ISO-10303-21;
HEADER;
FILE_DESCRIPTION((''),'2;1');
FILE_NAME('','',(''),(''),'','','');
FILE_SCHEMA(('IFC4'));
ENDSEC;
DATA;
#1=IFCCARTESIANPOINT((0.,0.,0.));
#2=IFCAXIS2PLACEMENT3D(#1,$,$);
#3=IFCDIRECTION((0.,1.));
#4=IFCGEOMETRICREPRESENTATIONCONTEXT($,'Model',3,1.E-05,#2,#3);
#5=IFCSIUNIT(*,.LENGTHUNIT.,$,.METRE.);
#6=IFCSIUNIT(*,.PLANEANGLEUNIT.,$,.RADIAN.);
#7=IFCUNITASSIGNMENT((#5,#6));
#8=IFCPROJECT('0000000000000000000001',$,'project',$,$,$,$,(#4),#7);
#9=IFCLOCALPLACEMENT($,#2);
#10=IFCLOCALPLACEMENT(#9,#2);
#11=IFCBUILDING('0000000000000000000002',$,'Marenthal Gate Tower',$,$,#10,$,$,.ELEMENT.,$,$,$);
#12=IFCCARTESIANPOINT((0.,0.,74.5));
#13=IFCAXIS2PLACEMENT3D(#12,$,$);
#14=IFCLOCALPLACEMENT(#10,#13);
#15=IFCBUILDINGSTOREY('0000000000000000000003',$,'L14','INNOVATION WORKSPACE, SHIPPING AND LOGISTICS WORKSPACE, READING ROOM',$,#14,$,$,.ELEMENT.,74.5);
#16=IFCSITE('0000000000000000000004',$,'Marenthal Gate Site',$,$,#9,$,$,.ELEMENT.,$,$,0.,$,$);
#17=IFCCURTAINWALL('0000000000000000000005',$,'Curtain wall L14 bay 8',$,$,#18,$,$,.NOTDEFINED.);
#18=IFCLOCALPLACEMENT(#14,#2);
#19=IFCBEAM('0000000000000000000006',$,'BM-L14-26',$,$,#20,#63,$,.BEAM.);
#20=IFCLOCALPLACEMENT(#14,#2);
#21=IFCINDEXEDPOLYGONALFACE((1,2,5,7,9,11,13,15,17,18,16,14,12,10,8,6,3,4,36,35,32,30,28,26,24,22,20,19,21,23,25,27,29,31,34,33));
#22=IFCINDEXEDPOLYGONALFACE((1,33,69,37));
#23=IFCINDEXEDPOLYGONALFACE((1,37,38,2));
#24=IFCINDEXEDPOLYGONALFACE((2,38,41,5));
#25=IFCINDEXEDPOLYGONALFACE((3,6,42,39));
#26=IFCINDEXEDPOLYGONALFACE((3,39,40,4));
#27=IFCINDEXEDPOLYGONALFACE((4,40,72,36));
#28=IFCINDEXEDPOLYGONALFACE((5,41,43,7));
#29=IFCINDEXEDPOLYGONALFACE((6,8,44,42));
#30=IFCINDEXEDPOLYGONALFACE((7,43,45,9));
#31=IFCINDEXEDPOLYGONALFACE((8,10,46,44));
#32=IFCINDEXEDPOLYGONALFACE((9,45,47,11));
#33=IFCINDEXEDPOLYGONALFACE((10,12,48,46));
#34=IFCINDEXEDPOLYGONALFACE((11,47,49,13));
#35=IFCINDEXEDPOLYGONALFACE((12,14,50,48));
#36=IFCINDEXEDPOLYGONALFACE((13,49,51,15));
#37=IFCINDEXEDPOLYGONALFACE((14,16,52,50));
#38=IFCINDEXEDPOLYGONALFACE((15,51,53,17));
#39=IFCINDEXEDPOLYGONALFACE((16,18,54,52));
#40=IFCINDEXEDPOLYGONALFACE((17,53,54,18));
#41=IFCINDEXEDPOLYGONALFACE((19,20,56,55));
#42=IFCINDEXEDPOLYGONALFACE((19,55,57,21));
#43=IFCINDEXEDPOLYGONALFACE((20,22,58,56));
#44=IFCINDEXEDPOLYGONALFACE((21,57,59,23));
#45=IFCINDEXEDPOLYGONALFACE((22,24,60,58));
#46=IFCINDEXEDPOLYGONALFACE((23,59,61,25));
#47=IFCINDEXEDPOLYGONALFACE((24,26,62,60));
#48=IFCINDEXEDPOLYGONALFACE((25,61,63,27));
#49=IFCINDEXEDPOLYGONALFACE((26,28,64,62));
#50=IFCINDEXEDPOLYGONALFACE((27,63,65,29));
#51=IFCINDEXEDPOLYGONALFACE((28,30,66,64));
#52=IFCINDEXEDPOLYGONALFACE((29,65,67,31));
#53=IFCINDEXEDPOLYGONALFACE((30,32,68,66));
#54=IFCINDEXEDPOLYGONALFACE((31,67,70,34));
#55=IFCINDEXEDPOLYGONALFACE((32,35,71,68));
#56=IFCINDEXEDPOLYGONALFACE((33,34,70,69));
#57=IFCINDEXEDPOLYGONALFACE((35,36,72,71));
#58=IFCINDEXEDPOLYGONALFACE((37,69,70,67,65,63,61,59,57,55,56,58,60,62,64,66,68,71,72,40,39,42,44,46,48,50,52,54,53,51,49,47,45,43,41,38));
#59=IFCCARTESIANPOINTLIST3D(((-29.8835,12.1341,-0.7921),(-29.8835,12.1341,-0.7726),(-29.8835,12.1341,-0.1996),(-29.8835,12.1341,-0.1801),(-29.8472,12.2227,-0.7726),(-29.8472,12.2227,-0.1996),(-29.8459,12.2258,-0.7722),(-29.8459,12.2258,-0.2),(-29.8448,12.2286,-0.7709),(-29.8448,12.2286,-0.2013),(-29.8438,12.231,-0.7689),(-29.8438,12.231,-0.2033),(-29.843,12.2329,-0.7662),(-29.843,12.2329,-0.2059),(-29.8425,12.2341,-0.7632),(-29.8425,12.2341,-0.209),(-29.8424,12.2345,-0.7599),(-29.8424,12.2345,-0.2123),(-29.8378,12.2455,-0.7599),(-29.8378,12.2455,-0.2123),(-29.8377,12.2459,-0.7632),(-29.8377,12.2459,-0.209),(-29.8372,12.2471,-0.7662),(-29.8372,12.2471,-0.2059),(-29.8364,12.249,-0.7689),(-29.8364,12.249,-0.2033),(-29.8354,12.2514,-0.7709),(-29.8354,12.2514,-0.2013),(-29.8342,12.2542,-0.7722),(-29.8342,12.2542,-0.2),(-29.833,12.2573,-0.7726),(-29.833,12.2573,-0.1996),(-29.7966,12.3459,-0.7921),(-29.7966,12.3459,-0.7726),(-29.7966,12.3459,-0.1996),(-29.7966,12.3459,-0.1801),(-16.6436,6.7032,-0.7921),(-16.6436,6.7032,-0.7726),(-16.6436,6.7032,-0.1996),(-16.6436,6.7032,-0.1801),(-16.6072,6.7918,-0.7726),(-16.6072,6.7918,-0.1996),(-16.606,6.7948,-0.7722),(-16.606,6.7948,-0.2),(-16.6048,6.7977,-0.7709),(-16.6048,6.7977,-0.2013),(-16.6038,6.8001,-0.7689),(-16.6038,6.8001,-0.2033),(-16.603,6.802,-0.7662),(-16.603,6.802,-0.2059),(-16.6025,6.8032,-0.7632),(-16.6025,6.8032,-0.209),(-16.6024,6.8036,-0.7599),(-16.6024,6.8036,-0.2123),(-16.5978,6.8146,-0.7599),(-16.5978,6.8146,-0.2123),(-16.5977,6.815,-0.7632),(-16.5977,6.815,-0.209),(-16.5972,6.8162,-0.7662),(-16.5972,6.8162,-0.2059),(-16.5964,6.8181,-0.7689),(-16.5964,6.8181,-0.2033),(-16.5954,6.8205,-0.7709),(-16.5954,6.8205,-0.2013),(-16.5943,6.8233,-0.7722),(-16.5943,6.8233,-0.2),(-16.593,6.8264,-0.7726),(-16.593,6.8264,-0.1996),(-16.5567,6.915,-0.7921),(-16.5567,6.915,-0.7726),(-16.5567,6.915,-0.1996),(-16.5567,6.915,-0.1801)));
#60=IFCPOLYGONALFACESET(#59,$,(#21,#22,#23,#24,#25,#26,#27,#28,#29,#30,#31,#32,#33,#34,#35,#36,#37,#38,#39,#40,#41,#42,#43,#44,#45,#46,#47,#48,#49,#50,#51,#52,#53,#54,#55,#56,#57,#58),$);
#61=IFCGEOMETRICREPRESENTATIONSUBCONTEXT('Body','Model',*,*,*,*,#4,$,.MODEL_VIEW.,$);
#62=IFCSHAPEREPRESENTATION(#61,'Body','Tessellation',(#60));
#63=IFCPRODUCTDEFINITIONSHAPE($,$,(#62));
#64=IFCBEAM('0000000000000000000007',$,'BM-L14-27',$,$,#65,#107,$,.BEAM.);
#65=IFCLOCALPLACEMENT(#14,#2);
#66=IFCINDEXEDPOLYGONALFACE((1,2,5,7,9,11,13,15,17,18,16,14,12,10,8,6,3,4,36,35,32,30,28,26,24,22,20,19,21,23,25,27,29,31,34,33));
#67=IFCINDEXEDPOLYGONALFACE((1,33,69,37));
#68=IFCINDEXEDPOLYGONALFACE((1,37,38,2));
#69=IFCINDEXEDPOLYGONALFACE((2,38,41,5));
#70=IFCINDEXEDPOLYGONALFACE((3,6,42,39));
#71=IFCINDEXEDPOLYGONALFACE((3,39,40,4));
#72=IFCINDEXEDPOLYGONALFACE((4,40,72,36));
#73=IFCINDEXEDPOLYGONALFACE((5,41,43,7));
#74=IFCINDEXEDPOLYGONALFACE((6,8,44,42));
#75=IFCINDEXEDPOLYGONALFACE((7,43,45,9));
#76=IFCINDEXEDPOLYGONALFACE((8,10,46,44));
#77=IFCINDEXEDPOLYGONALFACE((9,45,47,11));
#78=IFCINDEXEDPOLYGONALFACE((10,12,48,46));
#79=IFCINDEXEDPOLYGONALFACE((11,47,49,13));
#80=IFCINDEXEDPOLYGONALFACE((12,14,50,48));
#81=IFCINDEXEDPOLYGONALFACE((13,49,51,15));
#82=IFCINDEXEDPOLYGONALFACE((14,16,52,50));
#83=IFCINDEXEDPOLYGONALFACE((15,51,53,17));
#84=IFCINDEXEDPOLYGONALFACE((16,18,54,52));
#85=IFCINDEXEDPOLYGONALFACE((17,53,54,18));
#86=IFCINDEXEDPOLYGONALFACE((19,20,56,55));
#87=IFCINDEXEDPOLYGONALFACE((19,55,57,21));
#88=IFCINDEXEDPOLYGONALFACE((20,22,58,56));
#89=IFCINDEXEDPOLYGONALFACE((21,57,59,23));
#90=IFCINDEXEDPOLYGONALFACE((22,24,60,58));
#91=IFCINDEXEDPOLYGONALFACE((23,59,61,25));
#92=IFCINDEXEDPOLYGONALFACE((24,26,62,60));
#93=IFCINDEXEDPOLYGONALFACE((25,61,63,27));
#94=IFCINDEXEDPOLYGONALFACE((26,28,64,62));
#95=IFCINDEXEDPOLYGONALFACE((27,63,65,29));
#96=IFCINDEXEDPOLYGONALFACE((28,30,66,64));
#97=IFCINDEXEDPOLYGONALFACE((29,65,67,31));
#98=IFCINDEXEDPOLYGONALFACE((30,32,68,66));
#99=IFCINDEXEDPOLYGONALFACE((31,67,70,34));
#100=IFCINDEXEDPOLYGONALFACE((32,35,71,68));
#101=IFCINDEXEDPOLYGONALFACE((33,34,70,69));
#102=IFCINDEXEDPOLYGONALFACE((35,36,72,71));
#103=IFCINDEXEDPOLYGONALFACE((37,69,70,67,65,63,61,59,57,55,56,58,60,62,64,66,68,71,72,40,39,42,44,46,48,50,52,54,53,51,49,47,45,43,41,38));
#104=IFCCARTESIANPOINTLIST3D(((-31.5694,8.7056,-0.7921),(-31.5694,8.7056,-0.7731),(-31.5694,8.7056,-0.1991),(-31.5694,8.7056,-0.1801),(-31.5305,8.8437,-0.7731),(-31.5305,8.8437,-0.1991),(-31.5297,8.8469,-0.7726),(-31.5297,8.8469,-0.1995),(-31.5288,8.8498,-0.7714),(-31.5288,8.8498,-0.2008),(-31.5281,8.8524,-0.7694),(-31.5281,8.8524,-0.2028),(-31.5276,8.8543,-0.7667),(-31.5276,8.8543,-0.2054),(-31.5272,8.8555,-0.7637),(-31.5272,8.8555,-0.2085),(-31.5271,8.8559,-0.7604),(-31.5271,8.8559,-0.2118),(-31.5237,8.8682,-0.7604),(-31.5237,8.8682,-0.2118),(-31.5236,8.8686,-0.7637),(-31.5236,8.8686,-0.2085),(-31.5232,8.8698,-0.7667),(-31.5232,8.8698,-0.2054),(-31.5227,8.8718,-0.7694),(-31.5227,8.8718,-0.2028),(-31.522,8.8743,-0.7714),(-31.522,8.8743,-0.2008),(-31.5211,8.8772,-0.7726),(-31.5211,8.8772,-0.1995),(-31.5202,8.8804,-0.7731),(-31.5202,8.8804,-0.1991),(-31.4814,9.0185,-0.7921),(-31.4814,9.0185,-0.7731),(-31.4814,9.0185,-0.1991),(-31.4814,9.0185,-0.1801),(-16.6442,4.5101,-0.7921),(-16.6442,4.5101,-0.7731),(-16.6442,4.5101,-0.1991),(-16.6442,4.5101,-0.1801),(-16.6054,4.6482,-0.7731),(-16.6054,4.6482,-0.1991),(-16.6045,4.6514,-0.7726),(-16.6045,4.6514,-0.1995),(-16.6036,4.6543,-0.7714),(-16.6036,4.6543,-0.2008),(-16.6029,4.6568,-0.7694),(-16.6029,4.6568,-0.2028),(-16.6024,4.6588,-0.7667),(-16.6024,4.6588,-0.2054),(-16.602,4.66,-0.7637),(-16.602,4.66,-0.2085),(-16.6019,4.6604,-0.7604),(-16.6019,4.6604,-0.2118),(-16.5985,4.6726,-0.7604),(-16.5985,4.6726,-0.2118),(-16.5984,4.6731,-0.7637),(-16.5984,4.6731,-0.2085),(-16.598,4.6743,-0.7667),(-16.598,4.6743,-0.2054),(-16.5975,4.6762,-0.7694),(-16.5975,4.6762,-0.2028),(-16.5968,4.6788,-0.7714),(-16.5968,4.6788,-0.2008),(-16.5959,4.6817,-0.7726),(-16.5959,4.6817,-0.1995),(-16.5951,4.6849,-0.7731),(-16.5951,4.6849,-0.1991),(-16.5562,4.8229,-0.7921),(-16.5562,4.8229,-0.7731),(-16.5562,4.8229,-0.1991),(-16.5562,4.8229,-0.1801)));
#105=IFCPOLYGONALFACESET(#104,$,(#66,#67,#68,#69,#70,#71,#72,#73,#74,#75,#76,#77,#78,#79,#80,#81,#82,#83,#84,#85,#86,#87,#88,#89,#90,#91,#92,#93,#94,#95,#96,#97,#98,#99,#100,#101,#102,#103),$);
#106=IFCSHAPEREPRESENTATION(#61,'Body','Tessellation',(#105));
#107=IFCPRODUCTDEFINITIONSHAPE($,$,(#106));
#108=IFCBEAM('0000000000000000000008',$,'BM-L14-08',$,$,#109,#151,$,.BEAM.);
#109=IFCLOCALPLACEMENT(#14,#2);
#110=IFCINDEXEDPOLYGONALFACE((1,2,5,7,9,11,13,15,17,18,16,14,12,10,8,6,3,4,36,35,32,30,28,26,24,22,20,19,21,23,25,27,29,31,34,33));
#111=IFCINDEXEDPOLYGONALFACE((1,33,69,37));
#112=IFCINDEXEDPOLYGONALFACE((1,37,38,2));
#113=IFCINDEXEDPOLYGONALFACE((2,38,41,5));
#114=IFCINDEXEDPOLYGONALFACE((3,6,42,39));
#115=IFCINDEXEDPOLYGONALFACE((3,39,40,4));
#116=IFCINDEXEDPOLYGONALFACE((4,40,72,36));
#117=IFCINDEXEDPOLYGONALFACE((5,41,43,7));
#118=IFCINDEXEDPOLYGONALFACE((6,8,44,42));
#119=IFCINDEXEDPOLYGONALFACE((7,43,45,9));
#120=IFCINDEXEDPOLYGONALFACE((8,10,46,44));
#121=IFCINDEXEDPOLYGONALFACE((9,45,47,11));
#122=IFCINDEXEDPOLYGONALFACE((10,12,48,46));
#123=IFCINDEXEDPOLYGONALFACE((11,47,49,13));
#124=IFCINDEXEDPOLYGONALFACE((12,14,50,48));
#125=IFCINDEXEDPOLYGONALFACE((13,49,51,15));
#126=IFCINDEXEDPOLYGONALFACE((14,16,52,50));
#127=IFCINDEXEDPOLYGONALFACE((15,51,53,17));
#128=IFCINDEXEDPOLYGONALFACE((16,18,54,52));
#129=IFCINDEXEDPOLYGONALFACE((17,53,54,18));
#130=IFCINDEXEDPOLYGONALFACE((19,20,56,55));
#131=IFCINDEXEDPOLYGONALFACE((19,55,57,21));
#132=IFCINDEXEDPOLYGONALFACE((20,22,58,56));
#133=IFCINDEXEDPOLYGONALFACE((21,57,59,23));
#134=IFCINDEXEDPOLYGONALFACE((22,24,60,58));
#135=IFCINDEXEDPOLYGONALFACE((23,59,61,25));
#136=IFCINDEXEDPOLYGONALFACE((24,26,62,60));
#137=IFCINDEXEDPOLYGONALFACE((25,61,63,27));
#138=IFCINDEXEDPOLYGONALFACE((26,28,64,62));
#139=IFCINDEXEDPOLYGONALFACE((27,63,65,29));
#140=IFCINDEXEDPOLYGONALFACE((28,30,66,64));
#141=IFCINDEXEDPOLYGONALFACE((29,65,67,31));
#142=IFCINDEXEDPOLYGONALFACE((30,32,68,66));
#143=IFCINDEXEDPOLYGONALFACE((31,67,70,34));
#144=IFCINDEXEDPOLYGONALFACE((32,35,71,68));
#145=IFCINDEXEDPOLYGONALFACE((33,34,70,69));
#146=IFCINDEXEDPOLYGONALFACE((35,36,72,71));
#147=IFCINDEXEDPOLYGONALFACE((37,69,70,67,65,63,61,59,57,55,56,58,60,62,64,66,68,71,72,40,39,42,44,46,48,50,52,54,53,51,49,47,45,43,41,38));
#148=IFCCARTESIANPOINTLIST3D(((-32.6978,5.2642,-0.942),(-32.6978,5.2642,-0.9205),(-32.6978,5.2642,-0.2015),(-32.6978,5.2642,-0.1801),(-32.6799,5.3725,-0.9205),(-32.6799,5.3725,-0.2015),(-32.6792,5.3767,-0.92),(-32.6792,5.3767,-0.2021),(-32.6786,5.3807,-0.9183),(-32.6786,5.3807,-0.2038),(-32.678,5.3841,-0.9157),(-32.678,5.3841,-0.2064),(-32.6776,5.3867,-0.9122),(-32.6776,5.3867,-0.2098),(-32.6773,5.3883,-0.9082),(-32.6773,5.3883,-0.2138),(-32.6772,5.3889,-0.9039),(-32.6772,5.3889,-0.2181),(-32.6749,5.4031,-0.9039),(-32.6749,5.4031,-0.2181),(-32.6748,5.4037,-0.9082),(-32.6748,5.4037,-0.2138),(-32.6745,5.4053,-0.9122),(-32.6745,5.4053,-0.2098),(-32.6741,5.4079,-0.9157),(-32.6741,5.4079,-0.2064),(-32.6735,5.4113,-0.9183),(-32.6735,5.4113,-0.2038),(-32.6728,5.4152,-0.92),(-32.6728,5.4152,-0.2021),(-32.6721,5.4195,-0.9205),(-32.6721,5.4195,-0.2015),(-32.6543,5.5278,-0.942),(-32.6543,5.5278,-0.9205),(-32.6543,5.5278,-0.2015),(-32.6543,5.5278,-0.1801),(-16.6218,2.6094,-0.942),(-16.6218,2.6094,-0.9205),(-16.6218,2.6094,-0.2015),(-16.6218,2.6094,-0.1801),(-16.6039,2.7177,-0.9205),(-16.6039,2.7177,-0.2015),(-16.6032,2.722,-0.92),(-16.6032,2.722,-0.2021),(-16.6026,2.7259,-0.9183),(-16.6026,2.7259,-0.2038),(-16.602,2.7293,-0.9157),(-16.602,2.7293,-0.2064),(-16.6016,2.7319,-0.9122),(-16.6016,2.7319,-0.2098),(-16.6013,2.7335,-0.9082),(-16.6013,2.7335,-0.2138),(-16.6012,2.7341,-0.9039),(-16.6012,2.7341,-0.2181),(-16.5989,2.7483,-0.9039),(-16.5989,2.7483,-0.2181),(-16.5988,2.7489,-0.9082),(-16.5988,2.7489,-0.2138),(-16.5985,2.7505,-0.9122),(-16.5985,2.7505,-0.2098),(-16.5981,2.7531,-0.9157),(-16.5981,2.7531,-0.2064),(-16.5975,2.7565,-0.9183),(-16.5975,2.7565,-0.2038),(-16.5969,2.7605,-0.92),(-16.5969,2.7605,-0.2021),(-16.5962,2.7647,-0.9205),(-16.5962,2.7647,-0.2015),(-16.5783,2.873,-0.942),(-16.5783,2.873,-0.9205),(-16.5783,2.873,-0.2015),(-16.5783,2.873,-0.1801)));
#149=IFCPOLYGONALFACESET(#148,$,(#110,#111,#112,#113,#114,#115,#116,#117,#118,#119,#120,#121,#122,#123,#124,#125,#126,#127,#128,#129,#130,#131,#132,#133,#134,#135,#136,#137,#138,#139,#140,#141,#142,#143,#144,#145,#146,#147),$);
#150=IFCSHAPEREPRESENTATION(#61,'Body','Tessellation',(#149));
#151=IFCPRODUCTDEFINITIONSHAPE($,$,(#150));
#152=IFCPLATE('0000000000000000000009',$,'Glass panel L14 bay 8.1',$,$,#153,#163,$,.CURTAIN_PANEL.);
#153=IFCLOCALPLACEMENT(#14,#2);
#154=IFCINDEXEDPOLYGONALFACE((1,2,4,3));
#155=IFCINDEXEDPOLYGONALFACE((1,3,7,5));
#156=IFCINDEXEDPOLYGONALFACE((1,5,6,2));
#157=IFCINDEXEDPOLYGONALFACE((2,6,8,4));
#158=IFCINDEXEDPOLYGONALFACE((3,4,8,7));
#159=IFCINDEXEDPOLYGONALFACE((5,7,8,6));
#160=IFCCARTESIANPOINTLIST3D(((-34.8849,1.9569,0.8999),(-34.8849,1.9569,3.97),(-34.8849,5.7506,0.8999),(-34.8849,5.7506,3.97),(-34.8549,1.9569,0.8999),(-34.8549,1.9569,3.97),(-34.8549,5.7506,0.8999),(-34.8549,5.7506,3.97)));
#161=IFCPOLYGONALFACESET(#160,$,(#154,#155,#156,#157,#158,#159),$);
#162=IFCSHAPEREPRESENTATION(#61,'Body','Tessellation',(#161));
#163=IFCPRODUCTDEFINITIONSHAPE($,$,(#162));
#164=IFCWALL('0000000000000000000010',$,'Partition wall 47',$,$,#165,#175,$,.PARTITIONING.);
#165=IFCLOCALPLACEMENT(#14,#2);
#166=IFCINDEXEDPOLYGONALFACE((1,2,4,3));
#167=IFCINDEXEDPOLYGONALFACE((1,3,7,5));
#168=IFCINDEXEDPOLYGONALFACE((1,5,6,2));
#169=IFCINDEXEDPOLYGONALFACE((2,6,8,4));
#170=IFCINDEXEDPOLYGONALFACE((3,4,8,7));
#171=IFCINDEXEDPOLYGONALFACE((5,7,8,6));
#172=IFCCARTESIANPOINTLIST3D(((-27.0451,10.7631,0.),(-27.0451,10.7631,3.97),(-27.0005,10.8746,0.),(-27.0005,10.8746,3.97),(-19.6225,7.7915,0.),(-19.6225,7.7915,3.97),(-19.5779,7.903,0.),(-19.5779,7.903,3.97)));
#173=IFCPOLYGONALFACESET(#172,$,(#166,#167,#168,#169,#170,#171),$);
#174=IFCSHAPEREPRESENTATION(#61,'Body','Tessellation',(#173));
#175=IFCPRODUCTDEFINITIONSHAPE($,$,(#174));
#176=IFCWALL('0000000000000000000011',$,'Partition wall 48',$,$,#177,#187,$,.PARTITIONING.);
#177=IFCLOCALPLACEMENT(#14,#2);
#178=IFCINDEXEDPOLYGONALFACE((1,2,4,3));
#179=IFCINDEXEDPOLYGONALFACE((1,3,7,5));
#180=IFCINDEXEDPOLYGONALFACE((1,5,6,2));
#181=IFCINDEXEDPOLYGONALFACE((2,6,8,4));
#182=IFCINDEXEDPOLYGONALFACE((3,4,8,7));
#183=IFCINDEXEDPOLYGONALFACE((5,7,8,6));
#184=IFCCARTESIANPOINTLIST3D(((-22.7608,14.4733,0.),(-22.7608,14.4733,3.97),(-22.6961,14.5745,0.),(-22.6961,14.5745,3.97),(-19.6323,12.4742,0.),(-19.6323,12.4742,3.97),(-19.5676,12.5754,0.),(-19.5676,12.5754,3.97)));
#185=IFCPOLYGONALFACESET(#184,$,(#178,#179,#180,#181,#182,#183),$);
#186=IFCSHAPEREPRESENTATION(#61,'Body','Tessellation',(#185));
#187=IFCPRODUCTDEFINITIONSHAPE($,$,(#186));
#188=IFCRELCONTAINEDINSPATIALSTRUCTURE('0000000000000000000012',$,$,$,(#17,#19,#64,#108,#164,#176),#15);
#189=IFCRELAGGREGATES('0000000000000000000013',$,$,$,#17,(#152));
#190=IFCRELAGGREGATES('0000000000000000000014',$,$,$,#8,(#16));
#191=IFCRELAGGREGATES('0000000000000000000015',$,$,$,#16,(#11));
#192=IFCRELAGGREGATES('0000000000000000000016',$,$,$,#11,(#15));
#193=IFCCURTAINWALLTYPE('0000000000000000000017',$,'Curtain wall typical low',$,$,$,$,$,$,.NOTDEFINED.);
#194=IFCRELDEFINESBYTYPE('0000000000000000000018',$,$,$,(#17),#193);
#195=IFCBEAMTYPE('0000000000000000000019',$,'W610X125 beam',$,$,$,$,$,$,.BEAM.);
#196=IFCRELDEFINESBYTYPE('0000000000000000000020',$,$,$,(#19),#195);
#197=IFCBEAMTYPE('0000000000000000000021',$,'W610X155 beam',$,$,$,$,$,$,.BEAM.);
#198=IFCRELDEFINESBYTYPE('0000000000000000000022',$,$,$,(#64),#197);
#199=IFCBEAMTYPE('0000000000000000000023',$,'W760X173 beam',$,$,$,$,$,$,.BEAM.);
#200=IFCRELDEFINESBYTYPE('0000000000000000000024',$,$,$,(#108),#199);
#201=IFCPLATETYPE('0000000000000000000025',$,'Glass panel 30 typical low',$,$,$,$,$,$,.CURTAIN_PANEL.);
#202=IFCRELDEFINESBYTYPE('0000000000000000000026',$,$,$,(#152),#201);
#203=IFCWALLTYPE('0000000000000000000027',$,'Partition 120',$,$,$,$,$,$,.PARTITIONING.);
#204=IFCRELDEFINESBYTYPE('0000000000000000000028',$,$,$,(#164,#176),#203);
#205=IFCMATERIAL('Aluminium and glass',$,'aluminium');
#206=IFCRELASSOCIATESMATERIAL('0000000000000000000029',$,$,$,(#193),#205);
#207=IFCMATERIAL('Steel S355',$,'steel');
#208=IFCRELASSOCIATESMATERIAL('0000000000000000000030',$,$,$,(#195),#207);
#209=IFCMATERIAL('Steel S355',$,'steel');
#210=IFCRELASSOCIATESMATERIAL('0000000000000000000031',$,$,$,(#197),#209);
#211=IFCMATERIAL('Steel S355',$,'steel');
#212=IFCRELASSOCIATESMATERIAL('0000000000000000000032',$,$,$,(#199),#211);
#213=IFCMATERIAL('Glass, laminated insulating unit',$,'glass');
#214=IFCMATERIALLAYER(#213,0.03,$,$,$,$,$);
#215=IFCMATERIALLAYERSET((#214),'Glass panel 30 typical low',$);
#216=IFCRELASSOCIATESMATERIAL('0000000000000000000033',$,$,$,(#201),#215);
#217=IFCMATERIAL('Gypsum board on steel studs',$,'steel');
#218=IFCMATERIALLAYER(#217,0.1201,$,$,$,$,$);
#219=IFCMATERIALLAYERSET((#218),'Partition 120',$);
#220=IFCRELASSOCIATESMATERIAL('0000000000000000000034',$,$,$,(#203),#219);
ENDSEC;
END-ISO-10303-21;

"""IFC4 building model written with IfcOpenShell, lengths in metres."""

from ifc_helpers import new_model, si_unit, direction, frame, frame_2d, origin, origin_2d, place, context, subcontext, project, spatial, rectangle, i_section, extrude, material, layer, layer_set, material_profile, profile_set, type_object, element, aggregate, save


model = new_model("IFC4")

# Units and contexts
model_context = context("Model", 3, precision=1e-05, world=origin(), true_north=direction((0.0, 1.0)))
body_context = subcontext(model_context, "Body", "Model", "MODEL_VIEW")
ifc_project = project(units=[si_unit("LENGTHUNIT", "METRE"), si_unit("PLANEANGLEUNIT", "RADIAN")], contexts=[model_context])

# Site, building, storey
site_placement = place(None, origin())
site = spatial("IfcSite", under=ifc_project, at=site_placement, Name="Marenthal Gate Site", CompositionType="ELEMENT", RefElevation=0.0)
building_placement = place(site_placement, origin())
building = spatial("IfcBuilding", under=site, at=building_placement, Name="Marenthal Gate Tower", CompositionType="ELEMENT")
storey_placement = place(building_placement, frame((0.0, 0.0, 74.5)))
storey = spatial("IfcBuildingStorey", under=building, at=storey_placement, Name="L14", Description="INNOVATION WORKSPACE, SHIPPING AND LOGISTICS WORKSPACE, READING ROOM", CompositionType="ELEMENT", Elevation=74.5)

# Curtain wall
ifc_material_1 = material(Name="Aluminium and glass", Category="aluminium")
curtain_wall_type = type_object("IfcCurtainWallType", Name="Curtain wall typical low", PredefinedType="NOTDEFINED", material=ifc_material_1)
curtain_wall_placement = place(storey_placement, origin())
curtain_wall = element("IfcCurtainWall", 1, at=curtain_wall_placement, inside=storey, type_object=curtain_wall_type, Name="Curtain wall L14 bay 8", PredefinedType="NOTDEFINED")

# Beams
ifc_material_2 = material(Name="Steel S355", Category="steel")
ifc_material_profile_1 = material_profile(ifc_material_2, i_section(OverallWidth=0.229, OverallDepth=0.6121, WebThickness=0.012, FlangeThickness=0.0195, FilletRadius=0.0127, at=origin_2d()), Name="W610X125")
ifc_profile_set_1 = profile_set([ifc_material_profile_1], Name="Steel S355")
beam_type_1 = type_object("IfcBeamType", Name="W610X125 beam", PredefinedType="BEAM", material=ifc_profile_set_1)
beam_1_placement = place(storey_placement, frame((-29.8401, 12.24, -0.4861), z_axis=(0.92519, -0.379504, 0.0), x_axis=(0.379504, 0.92519, 0.0)))
element("IfcBeam", 2, at=beam_1_placement, inside=storey, type_object=beam_type_1, Name="BM-L14-26", PredefinedType="BEAM", context=body_context, shape_type="SweptSolid", body=[
    extrude(i_section(OverallWidth=0.229, OverallDepth=0.6121, WebThickness=0.012, FlangeThickness=0.0195, FilletRadius=0.0127, at=origin_2d()), origin(), (0.0, 0.0, 1.0), 14.3105),
])
ifc_material_3 = material(Name="Steel S355", Category="steel")
ifc_material_profile_2 = material_profile(ifc_material_3, i_section(OverallWidth=0.325, OverallDepth=0.6121, WebThickness=0.0127, FlangeThickness=0.019, FilletRadius=0.0127, at=origin_2d()), Name="W610X155")
ifc_profile_set_2 = profile_set([ifc_material_profile_2], Name="Steel S355")
beam_type_2 = type_object("IfcBeamType", Name="W610X155 beam", PredefinedType="BEAM", material=ifc_profile_set_2)
beam_2_placement = place(storey_placement, frame((-31.5254, 8.8621, -0.4861), z_axis=(0.962688, -0.270615, 0.0), x_axis=(0.270615, 0.962688, 0.0)))
element("IfcBeam", 3, at=beam_2_placement, inside=storey, type_object=beam_type_2, Name="BM-L14-27", PredefinedType="BEAM", context=body_context, shape_type="SweptSolid", body=[
    extrude(i_section(OverallWidth=0.325, OverallDepth=0.6121, WebThickness=0.0127, FlangeThickness=0.019, FilletRadius=0.0127, at=origin_2d()), origin(), (0.0, 0.0, 1.0), 15.5037),
])
ifc_material_4 = material(Name="Steel S355", Category="steel")
ifc_material_profile_3 = material_profile(ifc_material_4, i_section(OverallWidth=0.2671, OverallDepth=0.762, WebThickness=0.0144, FlangeThickness=0.0215, FilletRadius=0.0166, at=origin_2d()), Name="W760X173")
ifc_profile_set_3 = profile_set([ifc_material_profile_3], Name="Steel S355")
beam_type_3 = type_object("IfcBeamType", Name="W760X173 beam", PredefinedType="BEAM", material=ifc_profile_set_3)
beam_3_placement = place(storey_placement, frame((-32.676, 5.396, -0.561), z_axis=(0.986637, -0.162934, 0.0), x_axis=(0.162934, 0.986637, 0.0)))
element("IfcBeam", 4, at=beam_3_placement, inside=storey, type_object=beam_type_3, Name="BM-L14-08", PredefinedType="BEAM", context=body_context, shape_type="SweptSolid", body=[
    extrude(i_section(OverallWidth=0.2671, OverallDepth=0.762, WebThickness=0.0144, FlangeThickness=0.0215, FilletRadius=0.0166, at=origin_2d()), origin(), (0.0, 0.0, 1.0), 16.2937),
])

# Plate
ifc_material_5 = material(Name="Glass, laminated insulating unit", Category="glass")
ifc_layer_1 = layer(ifc_material_5, 0.03)
ifc_layer_set_1 = layer_set([ifc_layer_1], Name="Glass panel 30 typical low")
plate_type = type_object("IfcPlateType", Name="Glass panel 30 typical low", PredefinedType="CURTAIN_PANEL", material=ifc_layer_set_1)
plate_placement = place(storey_placement, frame((-34.8699, 3.8538, 0.8999), z_axis=(0.0, 0.0, 1.0), x_axis=(0.0, -1.0, 0.0)))
plate = element("IfcPlate", 5, at=plate_placement, type_object=plate_type, Name="Glass panel L14 bay 8.1", PredefinedType="CURTAIN_PANEL", context=body_context, shape_type="SweptSolid", body=[
    extrude(rectangle(XDim=3.7937, YDim=0.03, at=origin_2d()), origin(), (0.0, 0.0, 1.0), 3.0701),
])
aggregate(curtain_wall, [plate])

# Walls
ifc_material_6 = material(Name="Gypsum board on steel studs", Category="steel")
ifc_layer_2 = layer(ifc_material_6, 0.1201)
ifc_layer_set_2 = layer_set([ifc_layer_2], Name="Partition 120")
wall_type = type_object("IfcWallType", Name="Partition 120", PredefinedType="PARTITIONING", material=ifc_layer_set_2)
wall_1_placement = place(storey_placement, frame((-27.0227, 10.8188, 0.0), z_axis=(0.0, 0.0, 1.0), x_axis=(0.928363, -0.371675, 0.0)))
element("IfcWall", 6, at=wall_1_placement, inside=storey, type_object=wall_type, Name="Partition wall 47", PredefinedType="PARTITIONING", context=body_context, shape_type="SweptSolid", body=[
    extrude(rectangle(XDim=7.9954, YDim=0.1201, at=frame_2d((3.9976, 0.0))), origin(), (0.0, 0.0, 1.0), 3.97),
])
wall_2_placement = place(storey_placement, frame((-22.7285, 14.5239, 0.0), z_axis=(0.0, 0.0, 1.0), x_axis=(0.842658, -0.538449, 0.0)))
element("IfcWall", 7, at=wall_2_placement, inside=storey, type_object=wall_type, Name="Partition wall 48", PredefinedType="PARTITIONING", context=body_context, shape_type="SweptSolid", body=[
    extrude(rectangle(XDim=3.7126, YDim=0.1201, at=frame_2d((1.8564, 0.0))), origin(), (0.0, 0.0, 1.0), 3.97),
])

save(model, "model.ifc")
